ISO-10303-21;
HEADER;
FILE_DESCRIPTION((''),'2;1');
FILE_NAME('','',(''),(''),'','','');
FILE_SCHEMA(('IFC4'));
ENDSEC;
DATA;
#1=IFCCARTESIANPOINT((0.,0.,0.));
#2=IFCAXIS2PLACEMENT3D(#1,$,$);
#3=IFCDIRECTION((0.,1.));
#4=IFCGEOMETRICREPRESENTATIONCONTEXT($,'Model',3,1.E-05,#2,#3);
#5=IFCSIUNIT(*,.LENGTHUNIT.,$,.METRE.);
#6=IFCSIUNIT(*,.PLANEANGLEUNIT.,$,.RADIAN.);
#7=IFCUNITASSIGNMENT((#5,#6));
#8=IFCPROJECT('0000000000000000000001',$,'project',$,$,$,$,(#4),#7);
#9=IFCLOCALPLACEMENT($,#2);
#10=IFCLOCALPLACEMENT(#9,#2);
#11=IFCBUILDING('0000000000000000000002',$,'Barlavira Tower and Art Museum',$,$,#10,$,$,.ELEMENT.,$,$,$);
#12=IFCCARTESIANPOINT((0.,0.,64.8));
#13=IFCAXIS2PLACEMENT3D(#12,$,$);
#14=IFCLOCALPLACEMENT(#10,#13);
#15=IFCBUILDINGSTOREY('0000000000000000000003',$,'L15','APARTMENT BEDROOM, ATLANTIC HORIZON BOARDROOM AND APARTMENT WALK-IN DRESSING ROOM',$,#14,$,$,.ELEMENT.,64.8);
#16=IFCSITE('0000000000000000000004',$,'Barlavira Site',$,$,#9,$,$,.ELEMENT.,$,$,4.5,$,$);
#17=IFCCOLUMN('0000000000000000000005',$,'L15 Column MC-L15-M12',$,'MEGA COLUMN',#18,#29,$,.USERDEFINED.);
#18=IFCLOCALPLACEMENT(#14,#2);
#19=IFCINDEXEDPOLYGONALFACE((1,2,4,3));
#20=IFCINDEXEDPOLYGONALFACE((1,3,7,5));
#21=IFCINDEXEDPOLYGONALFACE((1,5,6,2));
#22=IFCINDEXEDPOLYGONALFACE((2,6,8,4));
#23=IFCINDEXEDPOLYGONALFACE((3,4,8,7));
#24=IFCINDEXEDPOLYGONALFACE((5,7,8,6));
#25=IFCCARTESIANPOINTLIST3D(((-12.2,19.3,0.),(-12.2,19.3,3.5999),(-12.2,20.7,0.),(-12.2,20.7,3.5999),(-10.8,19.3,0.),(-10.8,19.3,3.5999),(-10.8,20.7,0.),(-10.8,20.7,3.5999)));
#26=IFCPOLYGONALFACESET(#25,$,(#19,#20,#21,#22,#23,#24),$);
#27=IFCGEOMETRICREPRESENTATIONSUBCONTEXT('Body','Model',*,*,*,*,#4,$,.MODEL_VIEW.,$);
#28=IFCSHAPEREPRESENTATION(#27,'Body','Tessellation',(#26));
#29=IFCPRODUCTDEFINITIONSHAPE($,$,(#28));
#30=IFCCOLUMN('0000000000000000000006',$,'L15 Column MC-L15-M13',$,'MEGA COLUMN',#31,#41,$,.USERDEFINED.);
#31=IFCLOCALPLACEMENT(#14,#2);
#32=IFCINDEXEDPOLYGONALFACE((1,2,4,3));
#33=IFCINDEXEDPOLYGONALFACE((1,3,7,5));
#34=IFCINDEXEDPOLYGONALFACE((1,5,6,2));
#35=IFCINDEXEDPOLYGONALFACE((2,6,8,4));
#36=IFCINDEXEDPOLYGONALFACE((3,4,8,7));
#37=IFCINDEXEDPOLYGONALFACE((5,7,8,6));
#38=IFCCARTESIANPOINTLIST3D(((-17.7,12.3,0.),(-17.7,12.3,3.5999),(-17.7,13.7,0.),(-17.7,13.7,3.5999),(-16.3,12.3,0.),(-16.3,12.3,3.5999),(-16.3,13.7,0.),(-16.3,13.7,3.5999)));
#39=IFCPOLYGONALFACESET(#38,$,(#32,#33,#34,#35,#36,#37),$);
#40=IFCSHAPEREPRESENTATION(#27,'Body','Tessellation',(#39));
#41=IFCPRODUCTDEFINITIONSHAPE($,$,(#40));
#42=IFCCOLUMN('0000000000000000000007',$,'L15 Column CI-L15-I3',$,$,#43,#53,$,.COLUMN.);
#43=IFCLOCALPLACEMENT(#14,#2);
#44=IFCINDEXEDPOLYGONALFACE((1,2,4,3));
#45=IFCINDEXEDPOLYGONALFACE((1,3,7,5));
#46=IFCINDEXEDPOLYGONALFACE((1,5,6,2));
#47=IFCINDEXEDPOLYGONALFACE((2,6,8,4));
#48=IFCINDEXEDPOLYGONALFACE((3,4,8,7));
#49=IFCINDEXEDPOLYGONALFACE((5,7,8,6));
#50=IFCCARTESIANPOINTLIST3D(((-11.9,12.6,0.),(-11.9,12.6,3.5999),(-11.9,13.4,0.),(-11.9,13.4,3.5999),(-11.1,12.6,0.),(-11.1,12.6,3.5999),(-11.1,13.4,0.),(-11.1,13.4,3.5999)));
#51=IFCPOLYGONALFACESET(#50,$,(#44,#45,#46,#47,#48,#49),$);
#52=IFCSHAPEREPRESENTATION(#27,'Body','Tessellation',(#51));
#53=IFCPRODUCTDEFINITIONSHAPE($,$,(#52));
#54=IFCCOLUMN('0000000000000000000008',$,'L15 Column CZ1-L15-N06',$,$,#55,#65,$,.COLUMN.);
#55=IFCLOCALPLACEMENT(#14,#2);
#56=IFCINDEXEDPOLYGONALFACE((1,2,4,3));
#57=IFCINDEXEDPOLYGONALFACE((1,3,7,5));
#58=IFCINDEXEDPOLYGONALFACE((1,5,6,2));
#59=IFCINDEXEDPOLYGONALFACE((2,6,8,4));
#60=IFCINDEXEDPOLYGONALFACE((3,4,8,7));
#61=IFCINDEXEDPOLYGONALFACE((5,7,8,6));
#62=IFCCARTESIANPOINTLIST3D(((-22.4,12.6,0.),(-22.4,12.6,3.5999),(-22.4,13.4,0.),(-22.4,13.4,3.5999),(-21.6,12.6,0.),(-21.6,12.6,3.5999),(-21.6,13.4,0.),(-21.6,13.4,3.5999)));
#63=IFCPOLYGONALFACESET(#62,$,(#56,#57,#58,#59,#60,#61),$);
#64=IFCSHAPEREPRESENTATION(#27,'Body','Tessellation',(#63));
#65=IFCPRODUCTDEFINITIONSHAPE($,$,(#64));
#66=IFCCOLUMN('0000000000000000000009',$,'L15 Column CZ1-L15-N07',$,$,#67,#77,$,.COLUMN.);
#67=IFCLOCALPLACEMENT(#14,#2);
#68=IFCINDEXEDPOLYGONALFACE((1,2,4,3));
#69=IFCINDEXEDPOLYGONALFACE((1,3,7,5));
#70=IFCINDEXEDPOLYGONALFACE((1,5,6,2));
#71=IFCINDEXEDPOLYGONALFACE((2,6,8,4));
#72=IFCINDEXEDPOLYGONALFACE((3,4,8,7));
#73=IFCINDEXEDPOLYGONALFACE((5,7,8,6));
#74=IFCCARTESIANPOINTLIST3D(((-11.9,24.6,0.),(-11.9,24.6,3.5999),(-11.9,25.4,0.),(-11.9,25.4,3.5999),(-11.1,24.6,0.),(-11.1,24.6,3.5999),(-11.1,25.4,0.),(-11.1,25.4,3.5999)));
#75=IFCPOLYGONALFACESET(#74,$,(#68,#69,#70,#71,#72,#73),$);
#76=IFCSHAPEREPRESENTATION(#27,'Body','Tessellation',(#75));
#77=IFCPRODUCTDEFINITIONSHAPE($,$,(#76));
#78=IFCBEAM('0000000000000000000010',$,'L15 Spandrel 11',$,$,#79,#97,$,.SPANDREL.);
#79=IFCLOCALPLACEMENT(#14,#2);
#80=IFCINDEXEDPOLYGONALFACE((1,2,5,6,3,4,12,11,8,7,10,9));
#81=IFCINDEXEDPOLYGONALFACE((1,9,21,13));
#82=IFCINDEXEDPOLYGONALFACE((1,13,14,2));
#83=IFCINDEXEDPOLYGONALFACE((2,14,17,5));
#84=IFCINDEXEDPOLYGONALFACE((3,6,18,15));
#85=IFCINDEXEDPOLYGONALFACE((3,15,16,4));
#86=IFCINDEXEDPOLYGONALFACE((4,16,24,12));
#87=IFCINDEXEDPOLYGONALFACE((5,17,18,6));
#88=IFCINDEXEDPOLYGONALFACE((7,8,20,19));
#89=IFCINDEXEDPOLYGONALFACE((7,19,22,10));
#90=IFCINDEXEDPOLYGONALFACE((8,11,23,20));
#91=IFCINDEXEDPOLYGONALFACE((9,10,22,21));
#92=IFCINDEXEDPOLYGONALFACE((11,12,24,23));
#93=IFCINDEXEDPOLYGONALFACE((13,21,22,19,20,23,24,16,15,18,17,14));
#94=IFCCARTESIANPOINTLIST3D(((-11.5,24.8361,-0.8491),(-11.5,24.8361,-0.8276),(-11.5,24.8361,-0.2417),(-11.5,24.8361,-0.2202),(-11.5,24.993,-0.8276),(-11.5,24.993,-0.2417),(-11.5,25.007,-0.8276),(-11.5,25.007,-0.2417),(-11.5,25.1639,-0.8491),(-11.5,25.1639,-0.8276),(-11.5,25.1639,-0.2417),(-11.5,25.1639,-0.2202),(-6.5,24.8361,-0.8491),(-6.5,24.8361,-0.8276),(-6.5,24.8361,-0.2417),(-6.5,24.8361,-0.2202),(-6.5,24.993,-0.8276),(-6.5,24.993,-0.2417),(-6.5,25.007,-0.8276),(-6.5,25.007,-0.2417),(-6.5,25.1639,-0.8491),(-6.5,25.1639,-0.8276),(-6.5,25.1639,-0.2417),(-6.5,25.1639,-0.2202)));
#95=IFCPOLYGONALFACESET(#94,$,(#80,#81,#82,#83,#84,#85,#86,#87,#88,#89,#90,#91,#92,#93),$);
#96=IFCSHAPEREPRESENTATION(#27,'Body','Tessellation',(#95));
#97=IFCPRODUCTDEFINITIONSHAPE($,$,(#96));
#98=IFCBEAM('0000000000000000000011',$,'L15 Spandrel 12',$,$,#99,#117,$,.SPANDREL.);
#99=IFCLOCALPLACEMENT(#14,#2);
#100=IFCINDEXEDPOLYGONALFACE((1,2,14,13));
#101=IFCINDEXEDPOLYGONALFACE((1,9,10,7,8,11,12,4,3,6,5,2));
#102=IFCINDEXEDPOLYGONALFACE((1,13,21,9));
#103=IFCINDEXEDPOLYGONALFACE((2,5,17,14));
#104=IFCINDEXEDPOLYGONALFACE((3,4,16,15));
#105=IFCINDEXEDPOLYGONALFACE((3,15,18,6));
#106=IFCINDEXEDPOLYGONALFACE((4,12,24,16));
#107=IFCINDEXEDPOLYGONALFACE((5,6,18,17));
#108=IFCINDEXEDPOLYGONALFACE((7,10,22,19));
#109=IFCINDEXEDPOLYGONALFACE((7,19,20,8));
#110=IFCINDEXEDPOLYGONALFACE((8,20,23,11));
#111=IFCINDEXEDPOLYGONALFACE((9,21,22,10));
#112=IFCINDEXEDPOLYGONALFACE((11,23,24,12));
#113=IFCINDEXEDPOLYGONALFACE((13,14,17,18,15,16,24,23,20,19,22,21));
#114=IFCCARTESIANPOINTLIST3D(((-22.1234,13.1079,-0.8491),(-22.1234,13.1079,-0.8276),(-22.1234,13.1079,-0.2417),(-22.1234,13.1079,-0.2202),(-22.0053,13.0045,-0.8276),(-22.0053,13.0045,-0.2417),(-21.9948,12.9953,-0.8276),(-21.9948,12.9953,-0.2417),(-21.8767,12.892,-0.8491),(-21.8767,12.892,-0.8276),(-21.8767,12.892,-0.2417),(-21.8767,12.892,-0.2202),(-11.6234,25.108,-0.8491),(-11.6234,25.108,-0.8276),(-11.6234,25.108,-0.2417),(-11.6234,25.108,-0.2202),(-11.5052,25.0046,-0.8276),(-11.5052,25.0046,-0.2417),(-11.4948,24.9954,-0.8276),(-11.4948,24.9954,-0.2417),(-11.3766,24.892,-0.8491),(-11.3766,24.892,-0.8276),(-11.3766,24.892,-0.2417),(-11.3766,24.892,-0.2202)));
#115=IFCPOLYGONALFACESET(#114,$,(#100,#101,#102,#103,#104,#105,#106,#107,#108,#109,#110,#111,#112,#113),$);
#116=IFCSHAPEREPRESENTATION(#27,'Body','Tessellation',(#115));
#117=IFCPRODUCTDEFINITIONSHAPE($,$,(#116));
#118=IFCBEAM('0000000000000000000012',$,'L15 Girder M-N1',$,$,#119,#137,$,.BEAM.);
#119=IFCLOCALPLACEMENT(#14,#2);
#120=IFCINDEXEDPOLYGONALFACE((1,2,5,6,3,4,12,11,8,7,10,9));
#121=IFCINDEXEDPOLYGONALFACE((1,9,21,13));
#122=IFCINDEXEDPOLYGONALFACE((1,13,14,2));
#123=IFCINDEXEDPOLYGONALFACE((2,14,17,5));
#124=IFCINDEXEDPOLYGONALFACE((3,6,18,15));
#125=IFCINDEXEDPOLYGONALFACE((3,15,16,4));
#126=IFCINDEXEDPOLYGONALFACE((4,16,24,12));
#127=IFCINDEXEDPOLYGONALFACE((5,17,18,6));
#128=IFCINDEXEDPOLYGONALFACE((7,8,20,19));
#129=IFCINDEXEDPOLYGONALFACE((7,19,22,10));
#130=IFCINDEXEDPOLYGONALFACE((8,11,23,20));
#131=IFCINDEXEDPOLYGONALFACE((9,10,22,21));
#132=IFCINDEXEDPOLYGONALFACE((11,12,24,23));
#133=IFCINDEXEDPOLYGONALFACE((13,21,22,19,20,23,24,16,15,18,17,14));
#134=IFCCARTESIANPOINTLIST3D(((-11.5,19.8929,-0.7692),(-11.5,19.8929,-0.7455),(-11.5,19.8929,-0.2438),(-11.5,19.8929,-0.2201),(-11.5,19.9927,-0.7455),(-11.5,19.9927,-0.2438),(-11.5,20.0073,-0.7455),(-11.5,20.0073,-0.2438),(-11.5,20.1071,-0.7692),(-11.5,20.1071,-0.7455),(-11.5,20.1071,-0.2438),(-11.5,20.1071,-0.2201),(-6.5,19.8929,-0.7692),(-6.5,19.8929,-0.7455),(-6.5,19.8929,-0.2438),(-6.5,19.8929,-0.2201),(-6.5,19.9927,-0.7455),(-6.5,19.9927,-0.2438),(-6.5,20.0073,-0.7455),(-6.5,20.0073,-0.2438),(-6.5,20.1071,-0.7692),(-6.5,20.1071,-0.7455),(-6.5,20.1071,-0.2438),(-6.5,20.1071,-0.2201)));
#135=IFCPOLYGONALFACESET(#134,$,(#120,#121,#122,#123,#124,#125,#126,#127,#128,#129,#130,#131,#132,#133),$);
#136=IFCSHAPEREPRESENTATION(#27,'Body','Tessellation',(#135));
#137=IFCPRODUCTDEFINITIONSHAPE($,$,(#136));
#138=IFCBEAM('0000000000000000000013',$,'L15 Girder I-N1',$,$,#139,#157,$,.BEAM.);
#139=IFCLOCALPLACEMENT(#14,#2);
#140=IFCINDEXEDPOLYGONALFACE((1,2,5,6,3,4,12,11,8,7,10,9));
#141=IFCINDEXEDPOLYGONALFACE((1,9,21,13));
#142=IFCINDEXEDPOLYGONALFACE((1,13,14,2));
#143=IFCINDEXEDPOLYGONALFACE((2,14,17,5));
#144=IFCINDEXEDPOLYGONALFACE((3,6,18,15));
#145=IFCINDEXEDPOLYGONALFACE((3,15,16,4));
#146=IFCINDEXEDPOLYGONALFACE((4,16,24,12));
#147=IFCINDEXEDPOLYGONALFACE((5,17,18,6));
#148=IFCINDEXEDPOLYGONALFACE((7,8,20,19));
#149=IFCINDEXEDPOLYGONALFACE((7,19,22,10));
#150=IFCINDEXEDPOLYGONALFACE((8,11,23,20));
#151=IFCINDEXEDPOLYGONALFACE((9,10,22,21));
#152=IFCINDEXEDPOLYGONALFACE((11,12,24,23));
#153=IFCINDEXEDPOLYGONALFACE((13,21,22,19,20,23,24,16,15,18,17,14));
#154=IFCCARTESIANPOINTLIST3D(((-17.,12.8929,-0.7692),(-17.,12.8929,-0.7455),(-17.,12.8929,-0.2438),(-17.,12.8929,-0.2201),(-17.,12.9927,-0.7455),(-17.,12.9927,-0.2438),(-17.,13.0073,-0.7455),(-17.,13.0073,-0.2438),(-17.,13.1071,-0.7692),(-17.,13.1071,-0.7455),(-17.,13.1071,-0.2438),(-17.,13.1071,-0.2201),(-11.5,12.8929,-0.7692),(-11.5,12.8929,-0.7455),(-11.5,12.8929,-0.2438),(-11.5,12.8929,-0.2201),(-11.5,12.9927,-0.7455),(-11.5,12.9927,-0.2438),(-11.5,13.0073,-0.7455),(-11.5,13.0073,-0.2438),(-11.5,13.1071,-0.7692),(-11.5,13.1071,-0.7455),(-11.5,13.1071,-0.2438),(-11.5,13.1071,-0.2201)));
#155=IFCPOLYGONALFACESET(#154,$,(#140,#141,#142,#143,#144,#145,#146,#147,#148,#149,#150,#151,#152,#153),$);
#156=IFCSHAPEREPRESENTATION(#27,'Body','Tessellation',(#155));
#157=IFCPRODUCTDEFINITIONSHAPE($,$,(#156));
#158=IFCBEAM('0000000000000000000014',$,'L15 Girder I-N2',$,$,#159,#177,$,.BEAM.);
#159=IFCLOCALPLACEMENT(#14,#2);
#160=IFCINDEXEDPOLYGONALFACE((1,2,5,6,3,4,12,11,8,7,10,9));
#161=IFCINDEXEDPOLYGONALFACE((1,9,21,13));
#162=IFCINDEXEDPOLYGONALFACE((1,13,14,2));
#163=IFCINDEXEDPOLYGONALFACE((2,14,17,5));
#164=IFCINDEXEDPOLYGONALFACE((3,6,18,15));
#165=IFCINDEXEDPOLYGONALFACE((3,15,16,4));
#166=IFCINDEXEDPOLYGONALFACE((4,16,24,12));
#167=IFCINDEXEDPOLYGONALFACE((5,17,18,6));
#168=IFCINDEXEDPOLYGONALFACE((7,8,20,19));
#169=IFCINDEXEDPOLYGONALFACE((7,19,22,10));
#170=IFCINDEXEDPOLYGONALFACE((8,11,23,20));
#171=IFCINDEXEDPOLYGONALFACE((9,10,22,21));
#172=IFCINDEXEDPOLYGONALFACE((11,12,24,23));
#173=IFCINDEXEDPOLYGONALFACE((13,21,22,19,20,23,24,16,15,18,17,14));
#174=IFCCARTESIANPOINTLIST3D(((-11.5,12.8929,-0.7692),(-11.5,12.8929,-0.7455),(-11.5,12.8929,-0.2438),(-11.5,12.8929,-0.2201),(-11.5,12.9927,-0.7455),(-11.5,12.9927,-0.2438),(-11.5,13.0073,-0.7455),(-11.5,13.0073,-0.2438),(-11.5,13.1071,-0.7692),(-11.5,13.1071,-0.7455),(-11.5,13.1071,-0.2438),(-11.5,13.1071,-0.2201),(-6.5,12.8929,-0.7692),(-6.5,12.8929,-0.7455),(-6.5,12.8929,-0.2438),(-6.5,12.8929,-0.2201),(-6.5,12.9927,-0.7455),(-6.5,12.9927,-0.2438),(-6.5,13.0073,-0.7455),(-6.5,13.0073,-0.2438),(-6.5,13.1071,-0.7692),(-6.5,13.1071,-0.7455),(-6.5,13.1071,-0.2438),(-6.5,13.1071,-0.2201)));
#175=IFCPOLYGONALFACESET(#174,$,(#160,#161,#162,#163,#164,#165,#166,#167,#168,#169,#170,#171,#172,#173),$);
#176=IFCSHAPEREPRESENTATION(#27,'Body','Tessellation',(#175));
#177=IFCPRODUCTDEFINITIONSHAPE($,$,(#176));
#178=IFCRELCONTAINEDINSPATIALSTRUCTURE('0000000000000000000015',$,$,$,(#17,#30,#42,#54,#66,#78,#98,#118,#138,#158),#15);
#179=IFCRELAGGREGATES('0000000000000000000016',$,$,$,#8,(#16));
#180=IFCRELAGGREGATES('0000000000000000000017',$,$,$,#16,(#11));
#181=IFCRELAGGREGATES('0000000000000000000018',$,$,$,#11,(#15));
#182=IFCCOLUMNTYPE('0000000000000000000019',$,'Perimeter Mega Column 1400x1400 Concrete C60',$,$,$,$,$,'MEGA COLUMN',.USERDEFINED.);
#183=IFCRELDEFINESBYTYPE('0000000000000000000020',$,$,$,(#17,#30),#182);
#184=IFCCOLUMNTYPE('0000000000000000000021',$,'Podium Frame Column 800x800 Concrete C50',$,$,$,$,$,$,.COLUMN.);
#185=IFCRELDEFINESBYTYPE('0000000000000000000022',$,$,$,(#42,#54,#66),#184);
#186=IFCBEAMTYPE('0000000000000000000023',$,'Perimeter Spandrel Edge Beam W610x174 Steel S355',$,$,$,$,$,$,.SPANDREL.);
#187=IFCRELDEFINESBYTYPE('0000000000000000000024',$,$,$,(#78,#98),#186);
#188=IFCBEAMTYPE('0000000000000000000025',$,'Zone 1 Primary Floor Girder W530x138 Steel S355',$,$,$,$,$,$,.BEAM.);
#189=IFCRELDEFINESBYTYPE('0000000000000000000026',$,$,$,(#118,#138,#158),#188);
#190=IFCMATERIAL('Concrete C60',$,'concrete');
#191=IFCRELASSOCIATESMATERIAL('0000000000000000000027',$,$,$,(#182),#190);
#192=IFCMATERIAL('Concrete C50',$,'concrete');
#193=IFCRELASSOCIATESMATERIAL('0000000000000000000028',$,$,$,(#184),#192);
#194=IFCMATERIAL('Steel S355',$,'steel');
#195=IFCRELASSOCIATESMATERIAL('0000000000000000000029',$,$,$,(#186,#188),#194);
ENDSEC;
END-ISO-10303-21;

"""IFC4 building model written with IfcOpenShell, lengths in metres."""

from ifc_helpers import new_model, si_unit, direction, frame, origin, origin_2d, place, context, subcontext, project, spatial, rectangle, i_section, extrude, material, material_profile, profile_set, type_object, element, save


model = new_model("IFC4")

# Units and contexts
model_context = context("Model", 3, precision=1e-05, world=origin(), true_north=direction((0.0, 1.0)))
body_context = subcontext(model_context, "Body", "Model", "MODEL_VIEW")
ifc_project = project(units=[si_unit("LENGTHUNIT", "METRE"), si_unit("PLANEANGLEUNIT", "RADIAN")], contexts=[model_context])

# Site, building, storey
site_placement = place(None, origin())
site = spatial("IfcSite", under=ifc_project, at=site_placement, Name="Barlavira Site", CompositionType="ELEMENT", RefElevation=4.5)
building_placement = place(site_placement, origin())
building = spatial("IfcBuilding", under=site, at=building_placement, Name="Barlavira Tower and Art Museum", CompositionType="ELEMENT")
storey_placement = place(building_placement, frame((0.0, 0.0, 64.8)))
storey = spatial("IfcBuildingStorey", under=building, at=storey_placement, Name="L15", Description="APARTMENT BEDROOM, ATLANTIC HORIZON BOARDROOM AND APARTMENT WALK-IN DRESSING ROOM", CompositionType="ELEMENT", Elevation=64.8)

# Columns
ifc_material_1 = material(Name="Concrete C60", Category="concrete")
ifc_material_profile_1 = material_profile(ifc_material_1, rectangle(XDim=1.3999, YDim=1.3999, at=origin_2d()), Name="RC-MCOL 1400x1400")
ifc_profile_set_1 = profile_set([ifc_material_profile_1], Name="Concrete C60")
column_type_1 = type_object("IfcColumnType", Name="Perimeter Mega Column 1400x1400 Concrete C60", ElementType="MEGA COLUMN", PredefinedType="USERDEFINED", material=ifc_profile_set_1)
for number, where, z_axis, x_axis, name in (
    (1, (-11.5, 20.0, 0.0), (0.0, 0.0, 1.0), (1.0, 0.0, 0.0), "L15 Column MC-L15-M12"),
    (2, (-17.0, 13.0, 0.0), (0.0, 0.0, 1.0), (1.0, 0.0, 0.0), "L15 Column MC-L15-M13"),
):
    element("IfcColumn", number, at=place(storey_placement, frame(where, z_axis=z_axis, x_axis=x_axis)), inside=storey, type_object=column_type_1, Name=name, ObjectType="MEGA COLUMN", PredefinedType="USERDEFINED", context=body_context, shape_type="SweptSolid", body=[
        extrude(rectangle(XDim=1.3999, YDim=1.3999, at=origin_2d()), origin(), (0.0, 0.0, 1.0), 3.5999),
    ])
ifc_material_2 = material(Name="Concrete C50", Category="concrete")
ifc_material_profile_2 = material_profile(ifc_material_2, rectangle(XDim=0.8, YDim=0.8, at=origin_2d()), Name="RC-COL 800x800")
ifc_profile_set_2 = profile_set([ifc_material_profile_2], Name="Concrete C50")
column_type_2 = type_object("IfcColumnType", Name="Podium Frame Column 800x800 Concrete C50", PredefinedType="COLUMN", material=ifc_profile_set_2)
for number, where, z_axis, x_axis, name in (
    (3, (-11.5, 13.0, 0.0), (0.0, 0.0, 1.0), (1.0, 0.0, 0.0), "L15 Column CI-L15-I3"),
    (4, (-22.0, 13.0, 0.0), (0.0, 0.0, 1.0), (1.0, 0.0, 0.0), "L15 Column CZ1-L15-N06"),
    (5, (-11.5, 25.0, 0.0), (0.0, 0.0, 1.0), (1.0, 0.0, 0.0), "L15 Column CZ1-L15-N07"),
):
    element("IfcColumn", number, at=place(storey_placement, frame(where, z_axis=z_axis, x_axis=x_axis)), inside=storey, type_object=column_type_2, Name=name, PredefinedType="COLUMN", context=body_context, shape_type="SweptSolid", body=[
        extrude(rectangle(XDim=0.8, YDim=0.8, at=origin_2d()), origin(), (0.0, 0.0, 1.0), 3.5999),
    ])

# Beams
ifc_material_3 = material(Name="Steel S355", Category="steel")
ifc_material_profile_3 = material_profile(ifc_material_3, i_section(OverallWidth=0.3279, OverallDepth=0.6289, WebThickness=0.0139, FlangeThickness=0.0215, at=origin_2d()), Name="W610x174.0")
ifc_profile_set_3 = profile_set([ifc_material_profile_3], Name="Steel S355")
beam_type_1 = type_object("IfcBeamType", Name="Perimeter Spandrel Edge Beam W610x174 Steel S355", PredefinedType="SPANDREL", material=ifc_profile_set_3)
beam_1_placement = place(storey_placement, frame((-11.5, 25.0, -0.5347), z_axis=(1.0, 0.0, 0.0), x_axis=(0.0, 1.0, 0.0)))
element("IfcBeam", 6, at=beam_1_placement, inside=storey, type_object=beam_type_1, Name="L15 Spandrel 11", PredefinedType="SPANDREL", context=body_context, shape_type="SweptSolid", body=[
    extrude(i_section(OverallWidth=0.3279, OverallDepth=0.6289, WebThickness=0.0139, FlangeThickness=0.0215, at=origin_2d()), origin(), (0.0, 0.0, 1.0), 5.0),
])
beam_2_placement = place(storey_placement, frame((-11.5, 25.0, -0.5347), z_axis=(-0.658505, -0.752577, 0.0), x_axis=(0.752577, -0.658505, 0.0)))
element("IfcBeam", 7, at=beam_2_placement, inside=storey, type_object=beam_type_1, Name="L15 Spandrel 12", PredefinedType="SPANDREL", context=body_context, shape_type="SweptSolid", body=[
    extrude(i_section(OverallWidth=0.3279, OverallDepth=0.6289, WebThickness=0.0139, FlangeThickness=0.0215, at=origin_2d()), origin(), (0.0, 0.0, 1.0), 15.9453),
])
ifc_material_profile_4 = material_profile(ifc_material_3, i_section(OverallWidth=0.2141, OverallDepth=0.5491, WebThickness=0.0146, FlangeThickness=0.0237, at=origin_2d()), Name="W530x138.0")
ifc_profile_set_4 = profile_set([ifc_material_profile_4], Name="Steel S355")
beam_type_2 = type_object("IfcBeamType", Name="Zone 1 Primary Floor Girder W530x138 Steel S355", PredefinedType="BEAM", material=ifc_profile_set_4)
beam_3_placement = place(storey_placement, frame((-11.5, 20.0, -0.4946), z_axis=(1.0, 0.0, 0.0), x_axis=(0.0, 1.0, 0.0)))
element("IfcBeam", 8, at=beam_3_placement, inside=storey, type_object=beam_type_2, Name="L15 Girder M-N1", PredefinedType="BEAM", context=body_context, shape_type="SweptSolid", body=[
    extrude(i_section(OverallWidth=0.2141, OverallDepth=0.5491, WebThickness=0.0146, FlangeThickness=0.0237, at=origin_2d()), origin(), (0.0, 0.0, 1.0), 5.0),
])
beam_4_placement = place(storey_placement, frame((-17.0, 13.0, -0.4946), z_axis=(1.0, 0.0, 0.0), x_axis=(0.0, 1.0, 0.0)))
element("IfcBeam", 9, at=beam_4_placement, inside=storey, type_object=beam_type_2, Name="L15 Girder I-N1", PredefinedType="BEAM", context=body_context, shape_type="SweptSolid", body=[
    extrude(i_section(OverallWidth=0.2141, OverallDepth=0.5491, WebThickness=0.0146, FlangeThickness=0.0237, at=origin_2d()), origin(), (0.0, 0.0, 1.0), 5.5),
])
beam_5_placement = place(storey_placement, frame((-11.5, 13.0, -0.4946), z_axis=(1.0, 0.0, 0.0), x_axis=(0.0, 1.0, 0.0)))
element("IfcBeam", 10, at=beam_5_placement, inside=storey, type_object=beam_type_2, Name="L15 Girder I-N2", PredefinedType="BEAM", context=body_context, shape_type="SweptSolid", body=[
    extrude(i_section(OverallWidth=0.2141, OverallDepth=0.5491, WebThickness=0.0146, FlangeThickness=0.0237, at=origin_2d()), origin(), (0.0, 0.0, 1.0), 5.0),
])

save(model, "model.ifc")
